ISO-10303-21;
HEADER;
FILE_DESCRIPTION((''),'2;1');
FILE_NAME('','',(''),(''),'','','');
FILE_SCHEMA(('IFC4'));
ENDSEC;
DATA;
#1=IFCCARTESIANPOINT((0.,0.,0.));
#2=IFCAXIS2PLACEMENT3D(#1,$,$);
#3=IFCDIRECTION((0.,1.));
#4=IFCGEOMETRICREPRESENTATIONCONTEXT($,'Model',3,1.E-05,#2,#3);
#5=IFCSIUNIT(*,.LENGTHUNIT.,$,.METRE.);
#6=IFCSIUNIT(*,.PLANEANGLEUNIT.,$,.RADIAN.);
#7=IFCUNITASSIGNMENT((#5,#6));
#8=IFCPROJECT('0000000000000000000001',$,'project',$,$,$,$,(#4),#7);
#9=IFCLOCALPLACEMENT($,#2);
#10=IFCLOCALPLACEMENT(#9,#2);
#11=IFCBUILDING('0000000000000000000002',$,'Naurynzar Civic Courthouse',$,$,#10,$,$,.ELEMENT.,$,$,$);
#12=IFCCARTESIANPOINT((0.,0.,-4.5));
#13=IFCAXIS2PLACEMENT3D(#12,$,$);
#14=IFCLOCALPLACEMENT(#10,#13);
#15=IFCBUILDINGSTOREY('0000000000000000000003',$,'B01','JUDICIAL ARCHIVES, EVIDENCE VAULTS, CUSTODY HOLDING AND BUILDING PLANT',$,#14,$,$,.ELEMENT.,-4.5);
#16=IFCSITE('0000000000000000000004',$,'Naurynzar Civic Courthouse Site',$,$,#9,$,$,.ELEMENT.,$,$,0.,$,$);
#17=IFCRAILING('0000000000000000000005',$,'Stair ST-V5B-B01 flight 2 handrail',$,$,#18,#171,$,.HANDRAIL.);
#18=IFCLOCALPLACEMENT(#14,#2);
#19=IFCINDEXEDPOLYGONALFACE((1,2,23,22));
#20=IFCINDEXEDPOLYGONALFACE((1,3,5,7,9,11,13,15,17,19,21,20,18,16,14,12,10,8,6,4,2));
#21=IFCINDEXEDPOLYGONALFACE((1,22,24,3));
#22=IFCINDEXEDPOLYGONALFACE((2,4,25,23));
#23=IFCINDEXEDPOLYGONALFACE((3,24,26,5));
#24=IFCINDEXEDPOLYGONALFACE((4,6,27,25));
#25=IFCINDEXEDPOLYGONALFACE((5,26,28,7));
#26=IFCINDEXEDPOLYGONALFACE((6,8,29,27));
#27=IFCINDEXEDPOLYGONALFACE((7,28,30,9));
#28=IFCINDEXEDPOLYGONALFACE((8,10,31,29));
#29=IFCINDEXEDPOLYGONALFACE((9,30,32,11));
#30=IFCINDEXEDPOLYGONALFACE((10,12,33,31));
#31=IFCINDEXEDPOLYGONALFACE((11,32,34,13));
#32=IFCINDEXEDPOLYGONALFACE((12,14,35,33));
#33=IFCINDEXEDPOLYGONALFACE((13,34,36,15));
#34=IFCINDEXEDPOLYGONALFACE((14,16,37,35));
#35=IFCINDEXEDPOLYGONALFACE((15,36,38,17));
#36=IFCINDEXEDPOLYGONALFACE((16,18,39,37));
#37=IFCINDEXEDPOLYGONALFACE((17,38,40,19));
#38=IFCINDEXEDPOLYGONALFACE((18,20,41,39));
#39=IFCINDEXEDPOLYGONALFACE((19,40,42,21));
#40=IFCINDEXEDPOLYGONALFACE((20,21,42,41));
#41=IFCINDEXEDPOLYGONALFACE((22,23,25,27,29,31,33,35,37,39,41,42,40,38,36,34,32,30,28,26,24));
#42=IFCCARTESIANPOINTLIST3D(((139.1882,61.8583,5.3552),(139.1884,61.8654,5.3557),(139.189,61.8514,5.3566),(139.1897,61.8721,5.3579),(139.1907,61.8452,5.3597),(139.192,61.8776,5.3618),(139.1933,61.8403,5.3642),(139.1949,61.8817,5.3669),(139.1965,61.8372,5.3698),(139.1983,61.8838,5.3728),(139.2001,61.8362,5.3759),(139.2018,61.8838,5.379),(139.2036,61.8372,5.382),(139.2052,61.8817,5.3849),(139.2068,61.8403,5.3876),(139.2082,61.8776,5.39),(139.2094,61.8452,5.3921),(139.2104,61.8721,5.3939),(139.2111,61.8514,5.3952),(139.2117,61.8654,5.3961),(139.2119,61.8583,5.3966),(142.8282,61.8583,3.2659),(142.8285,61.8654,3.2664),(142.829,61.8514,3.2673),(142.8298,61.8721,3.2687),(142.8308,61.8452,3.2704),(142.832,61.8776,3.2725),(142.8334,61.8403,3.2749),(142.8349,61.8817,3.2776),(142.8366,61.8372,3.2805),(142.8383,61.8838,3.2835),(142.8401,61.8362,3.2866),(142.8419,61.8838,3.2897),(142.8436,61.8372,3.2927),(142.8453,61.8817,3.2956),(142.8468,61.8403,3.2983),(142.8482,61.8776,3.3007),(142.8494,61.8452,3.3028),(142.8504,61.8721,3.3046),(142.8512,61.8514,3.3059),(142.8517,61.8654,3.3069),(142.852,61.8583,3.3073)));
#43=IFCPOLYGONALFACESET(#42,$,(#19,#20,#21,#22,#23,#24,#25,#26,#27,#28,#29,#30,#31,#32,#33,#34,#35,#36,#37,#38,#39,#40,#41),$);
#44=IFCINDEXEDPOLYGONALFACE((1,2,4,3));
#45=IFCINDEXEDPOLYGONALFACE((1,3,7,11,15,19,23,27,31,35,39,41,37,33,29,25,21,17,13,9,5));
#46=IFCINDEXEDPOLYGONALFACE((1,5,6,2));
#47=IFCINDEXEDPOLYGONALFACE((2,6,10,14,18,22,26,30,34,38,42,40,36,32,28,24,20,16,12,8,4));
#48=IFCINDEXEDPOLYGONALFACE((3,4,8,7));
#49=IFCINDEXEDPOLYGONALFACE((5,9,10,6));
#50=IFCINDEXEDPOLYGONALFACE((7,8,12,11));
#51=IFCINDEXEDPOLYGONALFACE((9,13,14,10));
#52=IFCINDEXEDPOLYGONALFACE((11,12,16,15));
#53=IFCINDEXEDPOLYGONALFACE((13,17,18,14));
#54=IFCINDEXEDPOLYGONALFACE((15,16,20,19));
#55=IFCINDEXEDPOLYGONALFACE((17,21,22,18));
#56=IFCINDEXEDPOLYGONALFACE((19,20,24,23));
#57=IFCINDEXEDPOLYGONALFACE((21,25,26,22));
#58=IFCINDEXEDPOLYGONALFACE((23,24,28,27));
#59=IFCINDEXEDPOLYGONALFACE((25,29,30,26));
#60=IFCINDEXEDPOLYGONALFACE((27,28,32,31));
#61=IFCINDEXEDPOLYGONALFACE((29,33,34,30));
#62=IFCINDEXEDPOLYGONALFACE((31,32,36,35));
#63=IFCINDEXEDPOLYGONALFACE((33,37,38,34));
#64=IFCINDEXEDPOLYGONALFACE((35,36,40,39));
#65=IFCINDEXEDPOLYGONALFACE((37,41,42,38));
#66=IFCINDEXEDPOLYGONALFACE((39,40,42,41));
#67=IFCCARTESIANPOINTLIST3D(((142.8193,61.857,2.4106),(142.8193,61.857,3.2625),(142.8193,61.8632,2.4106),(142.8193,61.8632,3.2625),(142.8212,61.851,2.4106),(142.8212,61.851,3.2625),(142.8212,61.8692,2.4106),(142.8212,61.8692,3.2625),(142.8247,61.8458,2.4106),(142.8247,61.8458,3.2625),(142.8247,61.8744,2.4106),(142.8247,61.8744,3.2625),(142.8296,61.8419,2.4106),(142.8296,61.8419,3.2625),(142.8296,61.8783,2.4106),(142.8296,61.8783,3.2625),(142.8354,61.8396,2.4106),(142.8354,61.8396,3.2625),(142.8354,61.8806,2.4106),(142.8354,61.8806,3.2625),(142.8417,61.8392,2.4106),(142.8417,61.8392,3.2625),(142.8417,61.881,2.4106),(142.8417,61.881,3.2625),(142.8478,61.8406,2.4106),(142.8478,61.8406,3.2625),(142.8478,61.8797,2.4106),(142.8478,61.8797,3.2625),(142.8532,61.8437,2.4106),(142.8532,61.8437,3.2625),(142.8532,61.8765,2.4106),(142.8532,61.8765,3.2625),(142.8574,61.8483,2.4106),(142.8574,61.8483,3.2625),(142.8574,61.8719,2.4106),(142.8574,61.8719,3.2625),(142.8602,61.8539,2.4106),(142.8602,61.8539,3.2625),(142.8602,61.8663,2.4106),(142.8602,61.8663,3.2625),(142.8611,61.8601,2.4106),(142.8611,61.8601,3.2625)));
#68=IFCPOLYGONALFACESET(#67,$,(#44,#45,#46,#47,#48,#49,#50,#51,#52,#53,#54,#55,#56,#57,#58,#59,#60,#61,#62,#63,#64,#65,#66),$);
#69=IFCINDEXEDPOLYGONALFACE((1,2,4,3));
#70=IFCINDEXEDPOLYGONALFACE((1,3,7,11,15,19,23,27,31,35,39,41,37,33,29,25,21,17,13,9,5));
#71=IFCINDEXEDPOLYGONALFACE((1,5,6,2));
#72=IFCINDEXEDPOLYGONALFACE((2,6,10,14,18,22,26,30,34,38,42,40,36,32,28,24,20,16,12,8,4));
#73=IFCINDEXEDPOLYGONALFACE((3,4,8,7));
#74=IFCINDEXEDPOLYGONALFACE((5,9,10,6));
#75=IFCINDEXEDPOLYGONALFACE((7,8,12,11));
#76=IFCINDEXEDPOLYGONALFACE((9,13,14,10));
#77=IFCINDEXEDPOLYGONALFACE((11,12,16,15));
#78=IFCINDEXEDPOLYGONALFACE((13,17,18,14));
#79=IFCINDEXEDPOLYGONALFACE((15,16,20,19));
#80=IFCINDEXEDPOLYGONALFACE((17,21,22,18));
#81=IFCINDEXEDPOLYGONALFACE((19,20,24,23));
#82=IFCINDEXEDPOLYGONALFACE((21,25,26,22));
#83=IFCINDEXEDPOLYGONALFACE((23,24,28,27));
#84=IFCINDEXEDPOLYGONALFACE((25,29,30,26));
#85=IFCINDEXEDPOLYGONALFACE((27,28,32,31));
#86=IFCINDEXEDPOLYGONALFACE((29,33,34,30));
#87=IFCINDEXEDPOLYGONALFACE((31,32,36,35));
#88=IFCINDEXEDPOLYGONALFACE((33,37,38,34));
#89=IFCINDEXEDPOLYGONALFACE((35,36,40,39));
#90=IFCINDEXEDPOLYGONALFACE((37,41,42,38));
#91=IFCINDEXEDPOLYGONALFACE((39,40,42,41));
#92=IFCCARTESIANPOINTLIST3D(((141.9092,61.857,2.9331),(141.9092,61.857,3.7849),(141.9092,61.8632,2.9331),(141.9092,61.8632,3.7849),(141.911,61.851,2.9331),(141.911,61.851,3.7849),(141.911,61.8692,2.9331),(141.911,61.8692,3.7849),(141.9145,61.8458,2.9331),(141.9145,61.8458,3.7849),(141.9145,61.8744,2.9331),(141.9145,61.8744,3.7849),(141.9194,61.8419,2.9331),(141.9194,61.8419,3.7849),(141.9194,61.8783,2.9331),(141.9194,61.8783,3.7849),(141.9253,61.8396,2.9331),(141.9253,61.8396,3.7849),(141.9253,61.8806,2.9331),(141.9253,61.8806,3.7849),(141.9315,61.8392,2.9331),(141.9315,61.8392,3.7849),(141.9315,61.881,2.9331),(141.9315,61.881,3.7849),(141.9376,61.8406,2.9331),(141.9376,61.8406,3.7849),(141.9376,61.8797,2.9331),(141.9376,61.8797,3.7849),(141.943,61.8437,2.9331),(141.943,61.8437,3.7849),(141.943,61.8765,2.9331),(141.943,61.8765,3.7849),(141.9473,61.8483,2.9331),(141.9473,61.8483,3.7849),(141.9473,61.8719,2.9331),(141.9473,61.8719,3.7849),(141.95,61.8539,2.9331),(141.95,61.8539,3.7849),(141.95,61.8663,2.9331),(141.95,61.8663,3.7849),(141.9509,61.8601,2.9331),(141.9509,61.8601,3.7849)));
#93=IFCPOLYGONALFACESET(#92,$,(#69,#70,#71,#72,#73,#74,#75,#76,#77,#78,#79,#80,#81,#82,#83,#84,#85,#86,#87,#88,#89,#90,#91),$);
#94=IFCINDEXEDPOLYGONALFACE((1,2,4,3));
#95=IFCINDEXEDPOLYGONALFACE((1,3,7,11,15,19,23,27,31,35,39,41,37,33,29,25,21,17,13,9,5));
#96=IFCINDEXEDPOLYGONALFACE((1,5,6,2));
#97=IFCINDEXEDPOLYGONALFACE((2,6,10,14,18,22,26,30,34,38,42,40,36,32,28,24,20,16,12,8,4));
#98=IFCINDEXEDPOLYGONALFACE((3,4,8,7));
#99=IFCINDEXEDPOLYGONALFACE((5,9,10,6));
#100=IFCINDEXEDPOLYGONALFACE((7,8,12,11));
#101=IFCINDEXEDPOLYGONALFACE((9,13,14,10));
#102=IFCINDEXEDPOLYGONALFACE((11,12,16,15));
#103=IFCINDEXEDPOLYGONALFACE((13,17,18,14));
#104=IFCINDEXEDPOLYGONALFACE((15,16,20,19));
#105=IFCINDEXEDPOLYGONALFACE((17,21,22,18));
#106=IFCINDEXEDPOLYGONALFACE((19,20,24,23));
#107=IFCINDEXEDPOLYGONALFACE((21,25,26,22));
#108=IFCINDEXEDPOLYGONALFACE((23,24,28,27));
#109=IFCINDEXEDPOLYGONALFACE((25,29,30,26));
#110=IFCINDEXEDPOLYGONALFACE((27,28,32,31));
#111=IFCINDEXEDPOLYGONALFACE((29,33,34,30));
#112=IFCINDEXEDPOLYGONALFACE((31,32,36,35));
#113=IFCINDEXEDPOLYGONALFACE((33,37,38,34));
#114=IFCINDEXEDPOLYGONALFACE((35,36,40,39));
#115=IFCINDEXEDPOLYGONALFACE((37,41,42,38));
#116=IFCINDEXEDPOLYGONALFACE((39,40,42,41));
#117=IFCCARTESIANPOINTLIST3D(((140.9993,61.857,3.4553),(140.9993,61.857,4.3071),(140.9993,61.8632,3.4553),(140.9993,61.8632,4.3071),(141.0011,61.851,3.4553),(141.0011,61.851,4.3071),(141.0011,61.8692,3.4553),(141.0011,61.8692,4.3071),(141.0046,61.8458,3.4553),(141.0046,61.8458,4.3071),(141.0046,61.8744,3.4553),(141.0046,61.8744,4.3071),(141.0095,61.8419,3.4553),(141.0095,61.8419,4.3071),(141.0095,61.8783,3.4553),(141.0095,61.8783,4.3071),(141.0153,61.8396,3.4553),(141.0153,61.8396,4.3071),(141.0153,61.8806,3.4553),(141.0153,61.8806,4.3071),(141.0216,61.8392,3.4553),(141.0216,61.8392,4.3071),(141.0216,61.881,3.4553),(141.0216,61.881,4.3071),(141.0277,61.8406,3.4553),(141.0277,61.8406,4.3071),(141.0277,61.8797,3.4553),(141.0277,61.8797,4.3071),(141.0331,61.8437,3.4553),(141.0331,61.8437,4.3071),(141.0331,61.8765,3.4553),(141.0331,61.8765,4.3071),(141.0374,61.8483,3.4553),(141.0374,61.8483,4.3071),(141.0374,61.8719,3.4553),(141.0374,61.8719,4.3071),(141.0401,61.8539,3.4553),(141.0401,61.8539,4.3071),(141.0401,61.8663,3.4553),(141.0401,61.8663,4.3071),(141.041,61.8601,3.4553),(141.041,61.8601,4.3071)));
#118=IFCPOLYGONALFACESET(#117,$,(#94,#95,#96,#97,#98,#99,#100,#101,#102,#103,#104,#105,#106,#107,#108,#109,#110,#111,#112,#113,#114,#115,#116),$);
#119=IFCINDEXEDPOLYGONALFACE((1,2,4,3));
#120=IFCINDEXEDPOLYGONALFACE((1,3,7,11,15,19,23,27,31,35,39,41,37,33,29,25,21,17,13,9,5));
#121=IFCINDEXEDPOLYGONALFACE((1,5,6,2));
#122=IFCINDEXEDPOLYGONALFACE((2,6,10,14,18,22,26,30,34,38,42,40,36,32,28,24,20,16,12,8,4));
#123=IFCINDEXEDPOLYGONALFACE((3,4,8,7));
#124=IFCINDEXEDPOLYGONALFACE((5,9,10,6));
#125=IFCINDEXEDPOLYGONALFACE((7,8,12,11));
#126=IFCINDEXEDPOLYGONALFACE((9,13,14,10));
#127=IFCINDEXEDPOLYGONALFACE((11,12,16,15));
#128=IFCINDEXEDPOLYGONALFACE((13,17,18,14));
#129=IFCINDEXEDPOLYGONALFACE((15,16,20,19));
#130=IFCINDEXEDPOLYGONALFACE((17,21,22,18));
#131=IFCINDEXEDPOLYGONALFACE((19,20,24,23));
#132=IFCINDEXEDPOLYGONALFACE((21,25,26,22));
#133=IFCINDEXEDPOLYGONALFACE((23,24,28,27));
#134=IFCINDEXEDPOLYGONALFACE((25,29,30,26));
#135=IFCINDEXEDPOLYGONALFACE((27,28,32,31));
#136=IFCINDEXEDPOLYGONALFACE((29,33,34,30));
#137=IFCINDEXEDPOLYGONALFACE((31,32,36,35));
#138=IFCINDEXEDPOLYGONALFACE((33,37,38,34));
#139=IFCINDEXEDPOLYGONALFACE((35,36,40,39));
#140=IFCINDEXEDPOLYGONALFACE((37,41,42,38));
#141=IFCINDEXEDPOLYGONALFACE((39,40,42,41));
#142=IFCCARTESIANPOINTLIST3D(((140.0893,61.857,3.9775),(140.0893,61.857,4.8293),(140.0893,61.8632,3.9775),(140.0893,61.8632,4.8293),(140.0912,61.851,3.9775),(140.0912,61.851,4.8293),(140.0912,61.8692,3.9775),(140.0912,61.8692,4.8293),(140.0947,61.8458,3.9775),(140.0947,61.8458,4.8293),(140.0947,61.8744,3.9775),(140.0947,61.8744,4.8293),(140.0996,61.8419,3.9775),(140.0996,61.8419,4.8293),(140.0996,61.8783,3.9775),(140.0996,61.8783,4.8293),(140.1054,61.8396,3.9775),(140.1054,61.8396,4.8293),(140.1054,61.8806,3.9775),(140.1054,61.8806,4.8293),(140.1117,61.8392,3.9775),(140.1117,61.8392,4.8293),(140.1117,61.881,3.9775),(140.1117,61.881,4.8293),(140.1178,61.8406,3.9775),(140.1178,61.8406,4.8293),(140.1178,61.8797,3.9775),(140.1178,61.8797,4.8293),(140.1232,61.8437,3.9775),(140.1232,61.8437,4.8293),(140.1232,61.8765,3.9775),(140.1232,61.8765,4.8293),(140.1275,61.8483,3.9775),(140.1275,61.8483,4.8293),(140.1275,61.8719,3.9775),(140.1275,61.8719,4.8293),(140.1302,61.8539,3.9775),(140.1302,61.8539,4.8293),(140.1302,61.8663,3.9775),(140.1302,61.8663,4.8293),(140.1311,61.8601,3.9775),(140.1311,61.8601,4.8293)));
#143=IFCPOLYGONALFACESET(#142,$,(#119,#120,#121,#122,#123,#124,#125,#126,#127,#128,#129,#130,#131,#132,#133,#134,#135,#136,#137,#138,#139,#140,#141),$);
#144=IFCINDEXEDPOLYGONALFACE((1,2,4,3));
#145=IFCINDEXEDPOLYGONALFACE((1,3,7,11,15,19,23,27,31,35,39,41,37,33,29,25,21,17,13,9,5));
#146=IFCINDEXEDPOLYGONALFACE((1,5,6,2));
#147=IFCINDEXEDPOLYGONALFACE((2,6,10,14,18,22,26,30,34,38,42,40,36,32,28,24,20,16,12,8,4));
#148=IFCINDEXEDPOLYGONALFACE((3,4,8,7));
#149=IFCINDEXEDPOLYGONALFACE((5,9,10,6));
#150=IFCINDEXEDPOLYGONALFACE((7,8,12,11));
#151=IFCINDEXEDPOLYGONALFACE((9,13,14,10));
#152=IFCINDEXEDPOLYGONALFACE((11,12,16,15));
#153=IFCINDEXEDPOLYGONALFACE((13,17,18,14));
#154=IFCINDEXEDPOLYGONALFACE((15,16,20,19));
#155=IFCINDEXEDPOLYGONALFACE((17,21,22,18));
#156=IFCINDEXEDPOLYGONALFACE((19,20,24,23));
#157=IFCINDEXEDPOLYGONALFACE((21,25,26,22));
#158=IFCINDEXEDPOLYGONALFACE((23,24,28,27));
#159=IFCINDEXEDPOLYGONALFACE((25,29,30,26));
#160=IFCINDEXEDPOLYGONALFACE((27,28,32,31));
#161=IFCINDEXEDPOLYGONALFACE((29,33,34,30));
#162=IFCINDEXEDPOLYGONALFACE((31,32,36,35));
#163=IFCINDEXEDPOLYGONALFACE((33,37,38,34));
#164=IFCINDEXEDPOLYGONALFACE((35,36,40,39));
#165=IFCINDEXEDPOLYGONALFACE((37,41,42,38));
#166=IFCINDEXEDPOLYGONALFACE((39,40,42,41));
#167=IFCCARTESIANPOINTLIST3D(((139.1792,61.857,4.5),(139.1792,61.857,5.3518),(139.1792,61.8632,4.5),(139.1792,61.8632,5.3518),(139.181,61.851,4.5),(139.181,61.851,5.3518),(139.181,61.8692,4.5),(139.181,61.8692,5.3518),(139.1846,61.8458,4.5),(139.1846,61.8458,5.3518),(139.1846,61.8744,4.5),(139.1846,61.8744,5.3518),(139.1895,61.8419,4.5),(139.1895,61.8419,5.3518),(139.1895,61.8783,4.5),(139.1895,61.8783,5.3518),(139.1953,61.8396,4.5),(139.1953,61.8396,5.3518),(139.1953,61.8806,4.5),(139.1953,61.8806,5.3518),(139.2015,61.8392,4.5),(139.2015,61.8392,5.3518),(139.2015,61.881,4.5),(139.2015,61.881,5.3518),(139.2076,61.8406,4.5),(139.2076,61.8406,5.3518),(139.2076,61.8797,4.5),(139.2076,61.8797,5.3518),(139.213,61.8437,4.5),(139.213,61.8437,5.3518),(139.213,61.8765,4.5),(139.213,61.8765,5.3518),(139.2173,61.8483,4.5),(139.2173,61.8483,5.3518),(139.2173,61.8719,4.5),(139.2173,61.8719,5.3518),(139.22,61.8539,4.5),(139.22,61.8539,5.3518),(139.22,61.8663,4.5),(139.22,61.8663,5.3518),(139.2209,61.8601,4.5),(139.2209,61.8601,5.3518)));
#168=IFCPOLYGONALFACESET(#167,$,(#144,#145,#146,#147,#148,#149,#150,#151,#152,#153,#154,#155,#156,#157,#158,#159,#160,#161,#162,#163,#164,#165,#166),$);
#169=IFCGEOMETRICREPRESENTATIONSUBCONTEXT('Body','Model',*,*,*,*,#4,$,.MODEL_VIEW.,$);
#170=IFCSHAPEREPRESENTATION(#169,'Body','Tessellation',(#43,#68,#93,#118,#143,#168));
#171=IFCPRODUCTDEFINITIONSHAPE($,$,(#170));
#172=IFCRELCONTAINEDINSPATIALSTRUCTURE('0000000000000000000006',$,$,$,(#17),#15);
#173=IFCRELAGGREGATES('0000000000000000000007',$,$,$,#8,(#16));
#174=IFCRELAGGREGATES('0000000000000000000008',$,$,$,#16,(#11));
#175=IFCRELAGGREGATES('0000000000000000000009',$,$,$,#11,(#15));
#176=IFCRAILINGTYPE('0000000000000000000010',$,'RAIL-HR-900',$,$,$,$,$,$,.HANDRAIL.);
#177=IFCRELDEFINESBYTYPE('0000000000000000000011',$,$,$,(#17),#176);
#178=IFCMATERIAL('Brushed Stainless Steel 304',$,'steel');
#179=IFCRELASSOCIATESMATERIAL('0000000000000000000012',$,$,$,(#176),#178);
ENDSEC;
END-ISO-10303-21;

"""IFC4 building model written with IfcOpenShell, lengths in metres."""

from ifc_helpers import new_model, si_unit, direction, frame, origin, origin_2d, place, context, subcontext, project, spatial, circle, extrude, material, type_object, element, save


model = new_model("IFC4")

# Units and contexts
model_context = context("Model", 3, precision=1e-05, world=origin(), true_north=direction((0.0, 1.0)))
body_context = subcontext(model_context, "Body", "Model", "MODEL_VIEW")
ifc_project = project(units=[si_unit("LENGTHUNIT", "METRE"), si_unit("PLANEANGLEUNIT", "RADIAN")], contexts=[model_context])

# Site, building, storey
site_placement = place(None, origin())
site = spatial("IfcSite", under=ifc_project, at=site_placement, Name="Naurynzar Civic Courthouse Site", CompositionType="ELEMENT", RefElevation=0.0)
building_placement = place(site_placement, origin())
building = spatial("IfcBuilding", under=site, at=building_placement, Name="Naurynzar Civic Courthouse", CompositionType="ELEMENT")
storey_placement = place(building_placement, frame((0.0, 0.0, -4.5)))
storey = spatial("IfcBuildingStorey", under=building, at=storey_placement, Name="B01", Description="JUDICIAL ARCHIVES, EVIDENCE VAULTS, CUSTODY HOLDING AND BUILDING PLANT", CompositionType="ELEMENT", Elevation=-4.5)

# Railing
ifc_material_1 = material(Name="Brushed Stainless Steel 304", Category="steel")
railing_type_1 = type_object("IfcRailingType", Name="RAIL-HR-900", PredefinedType="HANDRAIL", material=ifc_material_1)
railing_1_placement = place(storey_placement, frame((142.8401, 61.8601, 2.4106)))
element("IfcRailing", 1, at=railing_1_placement, inside=storey, type_object=railing_type_1, Name="Stair ST-V5B-B01 flight 2 handrail", PredefinedType="HANDRAIL", context=body_context, shape_type="SweptSolid", body=[
    extrude(circle(Radius=0.0239, at=origin_2d()), frame((0.0, 0.0, 0.876), z_axis=(-0.867289, 0.0, 0.497804), x_axis=(0.0, -1.0, 0.0)), (0.0, 0.0, 1.0), 4.197),
    extrude(circle(Radius=0.021, at=origin_2d()), origin(), (0.0, 0.0, 1.0), 0.8518),
    extrude(circle(Radius=0.021, at=origin_2d()), frame((-0.9102, 0.0, 0.5225)), (0.0, 0.0, 1.0), 0.8518),
    extrude(circle(Radius=0.021, at=origin_2d()), frame((-1.8201, 0.0, 1.0447)), (0.0, 0.0, 1.0), 0.8518),
    extrude(circle(Radius=0.021, at=origin_2d()), frame((-2.73, 0.0, 1.5669)), (0.0, 0.0, 1.0), 0.8518),
    extrude(circle(Radius=0.021, at=origin_2d()), frame((-3.6401, 0.0, 2.0894)), (0.0, 0.0, 1.0), 0.8518),
])

save(model, "model.ifc")
